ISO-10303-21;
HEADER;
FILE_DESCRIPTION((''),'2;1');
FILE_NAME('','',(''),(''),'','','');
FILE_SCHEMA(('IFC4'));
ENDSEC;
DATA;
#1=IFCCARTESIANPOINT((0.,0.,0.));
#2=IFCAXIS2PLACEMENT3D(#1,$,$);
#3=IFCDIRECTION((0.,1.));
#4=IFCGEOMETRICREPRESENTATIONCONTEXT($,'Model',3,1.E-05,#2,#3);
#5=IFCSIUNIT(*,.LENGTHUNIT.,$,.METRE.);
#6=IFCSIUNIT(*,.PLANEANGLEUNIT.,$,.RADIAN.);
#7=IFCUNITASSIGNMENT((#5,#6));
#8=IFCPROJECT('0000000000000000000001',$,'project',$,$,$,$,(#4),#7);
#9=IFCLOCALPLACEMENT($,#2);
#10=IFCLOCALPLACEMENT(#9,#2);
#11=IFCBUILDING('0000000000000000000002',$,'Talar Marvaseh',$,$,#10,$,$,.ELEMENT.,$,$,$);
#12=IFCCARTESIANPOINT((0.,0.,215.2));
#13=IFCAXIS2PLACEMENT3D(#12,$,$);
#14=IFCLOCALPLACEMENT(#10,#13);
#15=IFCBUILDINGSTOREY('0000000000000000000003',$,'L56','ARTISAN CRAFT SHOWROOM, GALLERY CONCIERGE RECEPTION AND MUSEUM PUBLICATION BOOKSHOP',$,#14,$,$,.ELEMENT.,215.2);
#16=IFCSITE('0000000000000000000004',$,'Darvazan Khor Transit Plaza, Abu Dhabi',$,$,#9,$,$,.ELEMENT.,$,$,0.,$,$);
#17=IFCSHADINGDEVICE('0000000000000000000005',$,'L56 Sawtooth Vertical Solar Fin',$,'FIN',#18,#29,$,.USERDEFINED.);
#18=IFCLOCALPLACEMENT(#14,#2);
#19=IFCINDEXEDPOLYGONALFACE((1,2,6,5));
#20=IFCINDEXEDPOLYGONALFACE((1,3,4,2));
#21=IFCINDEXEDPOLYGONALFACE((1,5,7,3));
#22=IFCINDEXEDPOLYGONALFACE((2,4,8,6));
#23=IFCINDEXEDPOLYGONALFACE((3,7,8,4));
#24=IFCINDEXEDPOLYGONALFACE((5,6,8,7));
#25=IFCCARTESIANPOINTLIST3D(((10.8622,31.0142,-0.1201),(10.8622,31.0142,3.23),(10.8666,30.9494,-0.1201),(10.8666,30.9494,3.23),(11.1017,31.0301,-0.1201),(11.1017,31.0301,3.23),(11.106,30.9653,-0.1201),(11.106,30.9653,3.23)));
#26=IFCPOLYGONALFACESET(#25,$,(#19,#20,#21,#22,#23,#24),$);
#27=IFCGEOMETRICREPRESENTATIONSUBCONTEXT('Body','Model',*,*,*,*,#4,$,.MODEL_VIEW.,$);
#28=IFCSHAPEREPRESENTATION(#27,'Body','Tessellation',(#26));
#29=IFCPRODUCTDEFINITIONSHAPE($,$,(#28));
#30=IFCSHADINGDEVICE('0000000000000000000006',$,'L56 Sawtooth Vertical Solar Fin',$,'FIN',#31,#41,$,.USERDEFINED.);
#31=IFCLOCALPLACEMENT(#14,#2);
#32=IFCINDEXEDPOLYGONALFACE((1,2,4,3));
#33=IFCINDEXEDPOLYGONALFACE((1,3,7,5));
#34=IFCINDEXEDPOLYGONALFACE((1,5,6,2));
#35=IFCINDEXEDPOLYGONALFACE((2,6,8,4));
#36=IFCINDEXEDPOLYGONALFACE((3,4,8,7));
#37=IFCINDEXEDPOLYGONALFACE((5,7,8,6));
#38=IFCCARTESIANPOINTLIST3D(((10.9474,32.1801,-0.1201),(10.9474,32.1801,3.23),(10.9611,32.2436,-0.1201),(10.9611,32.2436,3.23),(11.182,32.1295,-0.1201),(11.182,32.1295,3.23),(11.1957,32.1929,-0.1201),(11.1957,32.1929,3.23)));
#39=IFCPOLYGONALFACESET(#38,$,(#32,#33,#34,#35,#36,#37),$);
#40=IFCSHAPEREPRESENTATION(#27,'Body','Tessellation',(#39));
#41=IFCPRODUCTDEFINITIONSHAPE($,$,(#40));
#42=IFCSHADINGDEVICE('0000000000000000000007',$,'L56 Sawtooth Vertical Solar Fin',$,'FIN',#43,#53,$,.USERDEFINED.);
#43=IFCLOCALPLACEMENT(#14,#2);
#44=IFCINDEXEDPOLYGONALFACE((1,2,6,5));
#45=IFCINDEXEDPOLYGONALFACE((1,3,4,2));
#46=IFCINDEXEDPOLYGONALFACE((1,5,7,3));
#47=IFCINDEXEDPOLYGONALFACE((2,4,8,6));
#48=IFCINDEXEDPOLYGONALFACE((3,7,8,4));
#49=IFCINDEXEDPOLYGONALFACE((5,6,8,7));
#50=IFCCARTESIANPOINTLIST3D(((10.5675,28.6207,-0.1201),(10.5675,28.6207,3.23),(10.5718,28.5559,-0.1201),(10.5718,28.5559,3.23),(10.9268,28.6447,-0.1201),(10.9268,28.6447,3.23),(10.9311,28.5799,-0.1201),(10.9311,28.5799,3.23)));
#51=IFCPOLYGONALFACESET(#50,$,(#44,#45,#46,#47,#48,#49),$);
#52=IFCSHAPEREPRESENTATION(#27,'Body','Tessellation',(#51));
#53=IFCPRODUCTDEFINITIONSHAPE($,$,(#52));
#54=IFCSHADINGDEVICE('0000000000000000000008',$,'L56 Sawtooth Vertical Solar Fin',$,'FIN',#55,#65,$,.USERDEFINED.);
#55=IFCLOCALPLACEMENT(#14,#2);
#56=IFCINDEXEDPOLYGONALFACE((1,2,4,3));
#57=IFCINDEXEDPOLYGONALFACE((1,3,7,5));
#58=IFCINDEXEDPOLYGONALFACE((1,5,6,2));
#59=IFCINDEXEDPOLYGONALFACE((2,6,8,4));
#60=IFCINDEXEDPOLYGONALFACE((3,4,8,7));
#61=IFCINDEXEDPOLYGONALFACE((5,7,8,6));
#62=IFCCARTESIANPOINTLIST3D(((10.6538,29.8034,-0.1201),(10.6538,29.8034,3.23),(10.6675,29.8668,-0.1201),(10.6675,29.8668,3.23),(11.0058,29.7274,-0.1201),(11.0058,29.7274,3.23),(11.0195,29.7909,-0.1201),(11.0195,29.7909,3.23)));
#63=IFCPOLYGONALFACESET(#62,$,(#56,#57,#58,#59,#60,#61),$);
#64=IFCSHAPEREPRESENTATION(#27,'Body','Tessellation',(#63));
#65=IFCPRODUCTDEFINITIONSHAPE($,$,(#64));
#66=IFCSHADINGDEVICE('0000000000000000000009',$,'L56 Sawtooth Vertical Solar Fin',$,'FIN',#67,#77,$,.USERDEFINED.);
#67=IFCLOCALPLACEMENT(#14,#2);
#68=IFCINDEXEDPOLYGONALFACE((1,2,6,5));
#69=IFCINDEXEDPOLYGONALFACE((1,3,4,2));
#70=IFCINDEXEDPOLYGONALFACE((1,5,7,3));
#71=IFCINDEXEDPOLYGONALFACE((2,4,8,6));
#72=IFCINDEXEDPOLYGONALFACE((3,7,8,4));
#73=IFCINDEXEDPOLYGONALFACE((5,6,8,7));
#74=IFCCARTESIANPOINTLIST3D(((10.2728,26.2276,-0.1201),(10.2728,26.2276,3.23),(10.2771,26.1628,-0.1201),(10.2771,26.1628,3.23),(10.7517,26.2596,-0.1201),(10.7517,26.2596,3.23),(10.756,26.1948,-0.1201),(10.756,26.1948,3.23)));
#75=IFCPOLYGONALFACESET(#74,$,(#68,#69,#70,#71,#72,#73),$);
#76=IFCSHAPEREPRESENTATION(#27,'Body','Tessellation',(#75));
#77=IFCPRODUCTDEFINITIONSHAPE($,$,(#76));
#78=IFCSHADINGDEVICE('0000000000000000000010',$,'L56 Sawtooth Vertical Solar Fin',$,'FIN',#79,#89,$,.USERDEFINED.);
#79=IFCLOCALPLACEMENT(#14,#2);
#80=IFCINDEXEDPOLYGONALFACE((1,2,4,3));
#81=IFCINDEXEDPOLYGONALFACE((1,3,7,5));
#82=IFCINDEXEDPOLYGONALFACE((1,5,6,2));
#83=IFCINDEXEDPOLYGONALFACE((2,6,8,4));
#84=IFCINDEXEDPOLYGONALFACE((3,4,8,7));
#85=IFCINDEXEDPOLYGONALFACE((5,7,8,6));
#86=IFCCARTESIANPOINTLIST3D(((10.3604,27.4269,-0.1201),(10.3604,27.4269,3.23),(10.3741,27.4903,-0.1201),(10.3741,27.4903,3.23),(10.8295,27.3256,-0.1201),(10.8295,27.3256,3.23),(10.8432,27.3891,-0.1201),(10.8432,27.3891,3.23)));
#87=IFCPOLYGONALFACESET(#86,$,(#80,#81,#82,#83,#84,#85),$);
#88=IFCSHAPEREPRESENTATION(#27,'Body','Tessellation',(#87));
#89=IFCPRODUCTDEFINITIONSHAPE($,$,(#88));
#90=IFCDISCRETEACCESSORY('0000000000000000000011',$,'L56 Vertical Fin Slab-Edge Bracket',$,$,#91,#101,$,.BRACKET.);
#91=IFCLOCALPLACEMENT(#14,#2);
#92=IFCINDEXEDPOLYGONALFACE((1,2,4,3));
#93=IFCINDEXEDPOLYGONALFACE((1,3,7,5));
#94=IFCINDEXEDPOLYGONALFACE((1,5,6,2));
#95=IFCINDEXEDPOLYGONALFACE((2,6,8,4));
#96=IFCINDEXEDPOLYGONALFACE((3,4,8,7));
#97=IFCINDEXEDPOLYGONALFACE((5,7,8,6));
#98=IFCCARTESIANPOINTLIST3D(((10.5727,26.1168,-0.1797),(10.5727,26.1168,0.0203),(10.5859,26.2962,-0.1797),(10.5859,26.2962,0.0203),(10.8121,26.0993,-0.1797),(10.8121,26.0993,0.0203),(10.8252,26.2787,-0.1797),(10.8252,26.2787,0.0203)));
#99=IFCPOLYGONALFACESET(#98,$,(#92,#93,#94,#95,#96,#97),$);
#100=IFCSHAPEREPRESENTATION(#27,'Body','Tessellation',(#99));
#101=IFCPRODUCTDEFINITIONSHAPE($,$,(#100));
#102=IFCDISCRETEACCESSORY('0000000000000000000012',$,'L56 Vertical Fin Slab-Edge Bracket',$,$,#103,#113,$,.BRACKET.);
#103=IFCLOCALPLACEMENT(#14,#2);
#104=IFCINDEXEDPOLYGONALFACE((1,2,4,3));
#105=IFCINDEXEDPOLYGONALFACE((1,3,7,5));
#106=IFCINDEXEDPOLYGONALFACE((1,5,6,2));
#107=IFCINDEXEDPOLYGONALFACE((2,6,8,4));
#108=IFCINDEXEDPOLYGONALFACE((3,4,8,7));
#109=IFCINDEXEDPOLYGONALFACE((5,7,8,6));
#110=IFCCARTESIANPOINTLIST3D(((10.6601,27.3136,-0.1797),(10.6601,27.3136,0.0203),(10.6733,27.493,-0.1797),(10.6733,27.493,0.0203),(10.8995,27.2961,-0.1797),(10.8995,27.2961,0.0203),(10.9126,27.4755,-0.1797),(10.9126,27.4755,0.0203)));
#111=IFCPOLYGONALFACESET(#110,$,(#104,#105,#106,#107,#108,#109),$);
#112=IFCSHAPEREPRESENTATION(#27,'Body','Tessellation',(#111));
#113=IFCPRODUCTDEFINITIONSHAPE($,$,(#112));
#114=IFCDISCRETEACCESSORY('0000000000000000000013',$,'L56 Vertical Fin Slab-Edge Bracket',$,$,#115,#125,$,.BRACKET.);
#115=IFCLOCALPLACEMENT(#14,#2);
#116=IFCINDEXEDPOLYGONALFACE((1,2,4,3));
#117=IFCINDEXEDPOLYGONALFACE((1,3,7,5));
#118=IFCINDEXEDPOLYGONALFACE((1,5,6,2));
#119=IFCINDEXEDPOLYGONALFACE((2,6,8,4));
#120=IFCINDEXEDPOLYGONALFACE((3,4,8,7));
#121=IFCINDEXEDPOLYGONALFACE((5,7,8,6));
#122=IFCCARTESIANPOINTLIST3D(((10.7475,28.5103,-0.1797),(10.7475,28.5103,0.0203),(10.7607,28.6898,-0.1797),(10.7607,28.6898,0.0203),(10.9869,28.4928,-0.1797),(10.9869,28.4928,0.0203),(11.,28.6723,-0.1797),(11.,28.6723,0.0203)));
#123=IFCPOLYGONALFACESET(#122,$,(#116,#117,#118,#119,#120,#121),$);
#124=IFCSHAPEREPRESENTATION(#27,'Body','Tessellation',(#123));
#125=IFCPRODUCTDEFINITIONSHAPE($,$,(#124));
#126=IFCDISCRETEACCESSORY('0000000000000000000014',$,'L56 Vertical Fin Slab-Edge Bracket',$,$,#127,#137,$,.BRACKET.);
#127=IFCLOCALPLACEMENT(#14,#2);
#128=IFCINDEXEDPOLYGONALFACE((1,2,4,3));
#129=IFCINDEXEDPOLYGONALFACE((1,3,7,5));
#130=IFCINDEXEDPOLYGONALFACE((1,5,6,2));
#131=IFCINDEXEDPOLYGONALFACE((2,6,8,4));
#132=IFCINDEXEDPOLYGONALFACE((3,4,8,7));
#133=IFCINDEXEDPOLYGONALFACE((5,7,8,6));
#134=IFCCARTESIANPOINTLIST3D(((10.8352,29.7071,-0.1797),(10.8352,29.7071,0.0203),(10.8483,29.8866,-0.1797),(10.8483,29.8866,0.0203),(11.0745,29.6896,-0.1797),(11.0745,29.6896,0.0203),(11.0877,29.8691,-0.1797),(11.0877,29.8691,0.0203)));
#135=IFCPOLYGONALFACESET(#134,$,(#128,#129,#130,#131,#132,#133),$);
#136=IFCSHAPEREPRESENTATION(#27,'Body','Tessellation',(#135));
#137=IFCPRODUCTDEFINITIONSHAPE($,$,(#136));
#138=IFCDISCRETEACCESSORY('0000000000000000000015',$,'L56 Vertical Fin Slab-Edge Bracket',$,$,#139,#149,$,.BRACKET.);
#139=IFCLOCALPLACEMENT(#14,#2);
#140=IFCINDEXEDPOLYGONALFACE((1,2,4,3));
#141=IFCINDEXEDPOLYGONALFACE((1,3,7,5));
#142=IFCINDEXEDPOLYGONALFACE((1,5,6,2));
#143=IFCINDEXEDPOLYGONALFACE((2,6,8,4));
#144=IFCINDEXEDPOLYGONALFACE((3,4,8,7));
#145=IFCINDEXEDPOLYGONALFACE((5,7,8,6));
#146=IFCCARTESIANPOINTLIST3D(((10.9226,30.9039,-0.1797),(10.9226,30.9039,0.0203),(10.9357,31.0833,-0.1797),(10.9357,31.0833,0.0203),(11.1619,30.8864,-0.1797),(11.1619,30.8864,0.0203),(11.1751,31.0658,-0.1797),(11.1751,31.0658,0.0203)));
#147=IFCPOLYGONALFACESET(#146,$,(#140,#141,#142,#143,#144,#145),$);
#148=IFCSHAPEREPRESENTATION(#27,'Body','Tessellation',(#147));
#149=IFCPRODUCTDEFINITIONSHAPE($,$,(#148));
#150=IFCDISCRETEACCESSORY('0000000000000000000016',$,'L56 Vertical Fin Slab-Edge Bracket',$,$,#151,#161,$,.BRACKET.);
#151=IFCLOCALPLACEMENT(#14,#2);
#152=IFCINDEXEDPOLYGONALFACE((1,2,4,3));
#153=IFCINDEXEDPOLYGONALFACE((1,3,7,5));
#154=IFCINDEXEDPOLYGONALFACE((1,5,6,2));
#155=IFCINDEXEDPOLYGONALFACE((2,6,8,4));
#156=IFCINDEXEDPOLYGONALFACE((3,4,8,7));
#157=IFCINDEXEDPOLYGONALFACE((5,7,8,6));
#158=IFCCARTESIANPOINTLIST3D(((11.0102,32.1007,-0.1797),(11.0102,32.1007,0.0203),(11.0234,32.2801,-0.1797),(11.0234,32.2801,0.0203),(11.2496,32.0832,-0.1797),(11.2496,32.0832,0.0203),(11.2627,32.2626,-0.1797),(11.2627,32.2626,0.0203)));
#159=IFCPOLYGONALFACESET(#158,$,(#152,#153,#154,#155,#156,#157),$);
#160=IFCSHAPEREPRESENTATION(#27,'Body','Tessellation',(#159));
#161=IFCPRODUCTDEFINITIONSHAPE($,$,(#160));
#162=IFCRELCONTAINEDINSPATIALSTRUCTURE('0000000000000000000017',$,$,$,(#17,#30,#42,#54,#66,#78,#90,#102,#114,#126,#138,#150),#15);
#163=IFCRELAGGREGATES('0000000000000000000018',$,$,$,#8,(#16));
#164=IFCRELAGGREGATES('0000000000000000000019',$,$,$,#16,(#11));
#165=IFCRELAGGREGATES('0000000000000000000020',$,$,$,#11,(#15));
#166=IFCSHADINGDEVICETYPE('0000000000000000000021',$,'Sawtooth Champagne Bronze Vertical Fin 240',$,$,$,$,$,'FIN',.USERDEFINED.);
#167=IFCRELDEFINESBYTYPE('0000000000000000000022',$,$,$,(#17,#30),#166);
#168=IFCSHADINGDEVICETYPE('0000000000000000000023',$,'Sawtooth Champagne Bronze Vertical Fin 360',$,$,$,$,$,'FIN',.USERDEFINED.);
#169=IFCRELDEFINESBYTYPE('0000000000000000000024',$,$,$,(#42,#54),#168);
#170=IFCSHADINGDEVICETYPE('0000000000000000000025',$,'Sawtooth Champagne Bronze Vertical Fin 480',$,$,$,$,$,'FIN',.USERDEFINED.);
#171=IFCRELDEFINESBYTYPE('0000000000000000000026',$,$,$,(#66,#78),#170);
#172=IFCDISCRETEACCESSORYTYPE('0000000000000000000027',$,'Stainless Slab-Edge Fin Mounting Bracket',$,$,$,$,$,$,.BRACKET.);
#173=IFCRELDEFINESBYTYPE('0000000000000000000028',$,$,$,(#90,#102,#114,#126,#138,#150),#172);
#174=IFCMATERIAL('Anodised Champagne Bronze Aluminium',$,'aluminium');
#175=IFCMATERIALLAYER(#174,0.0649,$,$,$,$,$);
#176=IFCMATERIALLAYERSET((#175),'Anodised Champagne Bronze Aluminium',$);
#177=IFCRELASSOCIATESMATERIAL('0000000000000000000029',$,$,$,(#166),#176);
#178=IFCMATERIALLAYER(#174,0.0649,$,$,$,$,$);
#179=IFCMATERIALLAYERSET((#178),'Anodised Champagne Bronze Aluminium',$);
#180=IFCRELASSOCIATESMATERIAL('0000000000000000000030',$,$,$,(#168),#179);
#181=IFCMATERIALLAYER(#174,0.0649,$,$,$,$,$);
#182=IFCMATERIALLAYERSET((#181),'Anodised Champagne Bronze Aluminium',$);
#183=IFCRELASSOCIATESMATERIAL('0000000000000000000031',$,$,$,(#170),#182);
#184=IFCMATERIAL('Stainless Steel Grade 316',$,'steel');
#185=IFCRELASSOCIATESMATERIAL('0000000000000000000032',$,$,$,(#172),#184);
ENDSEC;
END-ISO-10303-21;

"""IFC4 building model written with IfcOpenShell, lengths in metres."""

from ifc_helpers import new_model, si_unit, direction, frame, origin, origin_2d, place, context, subcontext, project, spatial, rectangle, extrude, source, transform, mapped, material, layer, layer_set, type_object, type_shapes, element, save


model = new_model("IFC4")

# Units and contexts
model_context = context("Model", 3, precision=1e-05, world=origin(), true_north=direction((0.0, 1.0)))
body_context = subcontext(model_context, "Body", "Model", "MODEL_VIEW")
ifc_project = project(units=[si_unit("LENGTHUNIT", "METRE"), si_unit("PLANEANGLEUNIT", "RADIAN")], contexts=[model_context])

# Site, building, storey
site_placement = place(None, origin())
site = spatial("IfcSite", under=ifc_project, at=site_placement, Name="Darvazan Khor Transit Plaza, Abu Dhabi", CompositionType="ELEMENT", RefElevation=0.0)
building_placement = place(site_placement, origin())
building = spatial("IfcBuilding", under=site, at=building_placement, Name="Talar Marvaseh", CompositionType="ELEMENT")
storey_placement = place(building_placement, frame((0.0, 0.0, 215.2)))
storey = spatial("IfcBuildingStorey", under=building, at=storey_placement, Name="L56", Description="ARTISAN CRAFT SHOWROOM, GALLERY CONCIERGE RECEPTION AND MUSEUM PUBLICATION BOOKSHOP", CompositionType="ELEMENT", Elevation=215.2)

# Shading devices
ifc_material_1 = material(Name="Anodised Champagne Bronze Aluminium", Category="aluminium")
ifc_layer_1 = layer(ifc_material_1, 0.0649)
ifc_layer_set_1 = layer_set([ifc_layer_1], Name="Anodised Champagne Bronze Aluminium")
shading_device_type_1 = type_object("IfcShadingDeviceType", Name="Sawtooth Champagne Bronze Vertical Fin 240", ElementType="FIN", PredefinedType="USERDEFINED", material=ifc_layer_set_1)
shared_shape_1 = source(origin(), body_context, "Body", "SweptSolid", [
    extrude(rectangle(XDim=0.24, YDim=0.0649, at=origin_2d()), origin(), (0.0, 0.0, 1.0), 3.3501),
])
type_shapes(shading_device_type_1, [shared_shape_1])
for number, where, z_axis, x_axis, name in (
    (1, (10.9841, 30.9897, -0.1201), (0.0, 0.0, 1.0), (-0.997778, -0.066622, 0.0), "L56 Sawtooth Vertical Solar Fin"),
    (2, (11.0715, 32.1865, -0.1201), (0.0, 0.0, 1.0), (-0.97749, 0.210984, 0.0), "L56 Sawtooth Vertical Solar Fin"),
):
    element("IfcShadingDevice", number, at=place(storey_placement, frame(where, z_axis=z_axis, x_axis=x_axis)), inside=storey, type_object=shading_device_type_1, Name=name, ObjectType="FIN", PredefinedType="USERDEFINED", context=body_context, shape_type="MappedRepresentation", body=[
        mapped(shared_shape_1, transform((0.0, 0.0, 0.0), x_axis=(1.0, 0.0, 0.0), y_axis=(0.0, 1.0, 0.0), z_axis=(0.0, 0.0, 1.0), scale=1.0)),
    ])
ifc_layer_2 = layer(ifc_material_1, 0.0649)
ifc_layer_set_2 = layer_set([ifc_layer_2], Name="Anodised Champagne Bronze Aluminium")
shading_device_type_2 = type_object("IfcShadingDeviceType", Name="Sawtooth Champagne Bronze Vertical Fin 360", ElementType="FIN", PredefinedType="USERDEFINED", material=ifc_layer_set_2)
shared_shape_2 = source(origin(), body_context, "Body", "SweptSolid", [
    extrude(rectangle(XDim=0.3601, YDim=0.0649, at=origin_2d()), origin(), (0.0, 0.0, 1.0), 3.3501),
])
type_shapes(shading_device_type_2, [shared_shape_2])
for number, where, z_axis, x_axis, name in (
    (3, (10.7493, 28.6003, -0.1201), (0.0, 0.0, 1.0), (-0.997778, -0.066622, 0.0), "L56 Sawtooth Vertical Solar Fin"),
    (4, (10.8367, 29.7971, -0.1201), (0.0, 0.0, 1.0), (-0.97749, 0.210984, 0.0), "L56 Sawtooth Vertical Solar Fin"),
):
    element("IfcShadingDevice", number, at=place(storey_placement, frame(where, z_axis=z_axis, x_axis=x_axis)), inside=storey, type_object=shading_device_type_2, Name=name, ObjectType="FIN", PredefinedType="USERDEFINED", context=body_context, shape_type="MappedRepresentation", body=[
        mapped(shared_shape_2, transform((0.0, 0.0, 0.0), x_axis=(1.0, 0.0, 0.0), y_axis=(0.0, 1.0, 0.0), z_axis=(0.0, 0.0, 1.0), scale=1.0)),
    ])
ifc_layer_3 = layer(ifc_material_1, 0.0649)
ifc_layer_set_3 = layer_set([ifc_layer_3], Name="Anodised Champagne Bronze Aluminium")
shading_device_type_3 = type_object("IfcShadingDeviceType", Name="Sawtooth Champagne Bronze Vertical Fin 480", ElementType="FIN", PredefinedType="USERDEFINED", material=ifc_layer_set_3)
shared_shape_3 = source(origin(), body_context, "Body", "SweptSolid", [
    extrude(rectangle(XDim=0.48, YDim=0.0649, at=origin_2d()), origin(), (0.0, 0.0, 1.0), 3.3501),
])
type_shapes(shading_device_type_3, [shared_shape_3])
for number, where, z_axis, x_axis, name in (
    (5, (10.5144, 26.2112, -0.1201), (0.0, 0.0, 1.0), (-0.997778, -0.066622, 0.0), "L56 Sawtooth Vertical Solar Fin"),
    (6, (10.6018, 27.408, -0.1201), (0.0, 0.0, 1.0), (-0.97749, 0.210984, 0.0), "L56 Sawtooth Vertical Solar Fin"),
):
    element("IfcShadingDevice", number, at=place(storey_placement, frame(where, z_axis=z_axis, x_axis=x_axis)), inside=storey, type_object=shading_device_type_3, Name=name, ObjectType="FIN", PredefinedType="USERDEFINED", context=body_context, shape_type="MappedRepresentation", body=[
        mapped(shared_shape_3, transform((0.0, 0.0, 0.0), x_axis=(1.0, 0.0, 0.0), y_axis=(0.0, 1.0, 0.0), z_axis=(0.0, 0.0, 1.0), scale=1.0)),
    ])

# Discrete accessories
ifc_material_2 = material(Name="Stainless Steel Grade 316", Category="steel")
discrete_accessory_type = type_object("IfcDiscreteAccessoryType", Name="Stainless Slab-Edge Fin Mounting Bracket", PredefinedType="BRACKET", material=ifc_material_2)
shared_shape_4 = source(origin(), body_context, "Body", "SweptSolid", [
    extrude(rectangle(XDim=0.24, YDim=0.1799, at=origin_2d()), origin(), (0.0, 0.0, 1.0), 0.2),
])
type_shapes(discrete_accessory_type, [shared_shape_4])
for number, where, z_axis, x_axis, name in (
    (7, (10.699, 26.1978, -0.1797), (0.0, 0.0, 1.0), (-0.99734, 0.07289, 0.0), "L56 Vertical Fin Slab-Edge Bracket"),
    (8, (10.7864, 27.3945, -0.1797), (0.0, 0.0, 1.0), (-0.99734, 0.07289, 0.0), "L56 Vertical Fin Slab-Edge Bracket"),
    (9, (10.8738, 28.5913, -0.1797), (0.0, 0.0, 1.0), (-0.99734, 0.07289, 0.0), "L56 Vertical Fin Slab-Edge Bracket"),
    (10, (10.9614, 29.7881, -0.1797), (0.0, 0.0, 1.0), (-0.99734, 0.07289, 0.0), "L56 Vertical Fin Slab-Edge Bracket"),
    (11, (11.0488, 30.9849, -0.1797), (0.0, 0.0, 1.0), (-0.99734, 0.07289, 0.0), "L56 Vertical Fin Slab-Edge Bracket"),
    (12, (11.1365, 32.1816, -0.1797), (0.0, 0.0, 1.0), (-0.99734, 0.07289, 0.0), "L56 Vertical Fin Slab-Edge Bracket"),
):
    element("IfcDiscreteAccessory", number, at=place(storey_placement, frame(where, z_axis=z_axis, x_axis=x_axis)), inside=storey, type_object=discrete_accessory_type, Name=name, PredefinedType="BRACKET", context=body_context, shape_type="MappedRepresentation", body=[
        mapped(shared_shape_4, transform((0.0, 0.0, 0.0), x_axis=(1.0, 0.0, 0.0), y_axis=(0.0, 1.0, 0.0), z_axis=(0.0, 0.0, 1.0), scale=1.0)),
    ])

save(model, "model.ifc")
